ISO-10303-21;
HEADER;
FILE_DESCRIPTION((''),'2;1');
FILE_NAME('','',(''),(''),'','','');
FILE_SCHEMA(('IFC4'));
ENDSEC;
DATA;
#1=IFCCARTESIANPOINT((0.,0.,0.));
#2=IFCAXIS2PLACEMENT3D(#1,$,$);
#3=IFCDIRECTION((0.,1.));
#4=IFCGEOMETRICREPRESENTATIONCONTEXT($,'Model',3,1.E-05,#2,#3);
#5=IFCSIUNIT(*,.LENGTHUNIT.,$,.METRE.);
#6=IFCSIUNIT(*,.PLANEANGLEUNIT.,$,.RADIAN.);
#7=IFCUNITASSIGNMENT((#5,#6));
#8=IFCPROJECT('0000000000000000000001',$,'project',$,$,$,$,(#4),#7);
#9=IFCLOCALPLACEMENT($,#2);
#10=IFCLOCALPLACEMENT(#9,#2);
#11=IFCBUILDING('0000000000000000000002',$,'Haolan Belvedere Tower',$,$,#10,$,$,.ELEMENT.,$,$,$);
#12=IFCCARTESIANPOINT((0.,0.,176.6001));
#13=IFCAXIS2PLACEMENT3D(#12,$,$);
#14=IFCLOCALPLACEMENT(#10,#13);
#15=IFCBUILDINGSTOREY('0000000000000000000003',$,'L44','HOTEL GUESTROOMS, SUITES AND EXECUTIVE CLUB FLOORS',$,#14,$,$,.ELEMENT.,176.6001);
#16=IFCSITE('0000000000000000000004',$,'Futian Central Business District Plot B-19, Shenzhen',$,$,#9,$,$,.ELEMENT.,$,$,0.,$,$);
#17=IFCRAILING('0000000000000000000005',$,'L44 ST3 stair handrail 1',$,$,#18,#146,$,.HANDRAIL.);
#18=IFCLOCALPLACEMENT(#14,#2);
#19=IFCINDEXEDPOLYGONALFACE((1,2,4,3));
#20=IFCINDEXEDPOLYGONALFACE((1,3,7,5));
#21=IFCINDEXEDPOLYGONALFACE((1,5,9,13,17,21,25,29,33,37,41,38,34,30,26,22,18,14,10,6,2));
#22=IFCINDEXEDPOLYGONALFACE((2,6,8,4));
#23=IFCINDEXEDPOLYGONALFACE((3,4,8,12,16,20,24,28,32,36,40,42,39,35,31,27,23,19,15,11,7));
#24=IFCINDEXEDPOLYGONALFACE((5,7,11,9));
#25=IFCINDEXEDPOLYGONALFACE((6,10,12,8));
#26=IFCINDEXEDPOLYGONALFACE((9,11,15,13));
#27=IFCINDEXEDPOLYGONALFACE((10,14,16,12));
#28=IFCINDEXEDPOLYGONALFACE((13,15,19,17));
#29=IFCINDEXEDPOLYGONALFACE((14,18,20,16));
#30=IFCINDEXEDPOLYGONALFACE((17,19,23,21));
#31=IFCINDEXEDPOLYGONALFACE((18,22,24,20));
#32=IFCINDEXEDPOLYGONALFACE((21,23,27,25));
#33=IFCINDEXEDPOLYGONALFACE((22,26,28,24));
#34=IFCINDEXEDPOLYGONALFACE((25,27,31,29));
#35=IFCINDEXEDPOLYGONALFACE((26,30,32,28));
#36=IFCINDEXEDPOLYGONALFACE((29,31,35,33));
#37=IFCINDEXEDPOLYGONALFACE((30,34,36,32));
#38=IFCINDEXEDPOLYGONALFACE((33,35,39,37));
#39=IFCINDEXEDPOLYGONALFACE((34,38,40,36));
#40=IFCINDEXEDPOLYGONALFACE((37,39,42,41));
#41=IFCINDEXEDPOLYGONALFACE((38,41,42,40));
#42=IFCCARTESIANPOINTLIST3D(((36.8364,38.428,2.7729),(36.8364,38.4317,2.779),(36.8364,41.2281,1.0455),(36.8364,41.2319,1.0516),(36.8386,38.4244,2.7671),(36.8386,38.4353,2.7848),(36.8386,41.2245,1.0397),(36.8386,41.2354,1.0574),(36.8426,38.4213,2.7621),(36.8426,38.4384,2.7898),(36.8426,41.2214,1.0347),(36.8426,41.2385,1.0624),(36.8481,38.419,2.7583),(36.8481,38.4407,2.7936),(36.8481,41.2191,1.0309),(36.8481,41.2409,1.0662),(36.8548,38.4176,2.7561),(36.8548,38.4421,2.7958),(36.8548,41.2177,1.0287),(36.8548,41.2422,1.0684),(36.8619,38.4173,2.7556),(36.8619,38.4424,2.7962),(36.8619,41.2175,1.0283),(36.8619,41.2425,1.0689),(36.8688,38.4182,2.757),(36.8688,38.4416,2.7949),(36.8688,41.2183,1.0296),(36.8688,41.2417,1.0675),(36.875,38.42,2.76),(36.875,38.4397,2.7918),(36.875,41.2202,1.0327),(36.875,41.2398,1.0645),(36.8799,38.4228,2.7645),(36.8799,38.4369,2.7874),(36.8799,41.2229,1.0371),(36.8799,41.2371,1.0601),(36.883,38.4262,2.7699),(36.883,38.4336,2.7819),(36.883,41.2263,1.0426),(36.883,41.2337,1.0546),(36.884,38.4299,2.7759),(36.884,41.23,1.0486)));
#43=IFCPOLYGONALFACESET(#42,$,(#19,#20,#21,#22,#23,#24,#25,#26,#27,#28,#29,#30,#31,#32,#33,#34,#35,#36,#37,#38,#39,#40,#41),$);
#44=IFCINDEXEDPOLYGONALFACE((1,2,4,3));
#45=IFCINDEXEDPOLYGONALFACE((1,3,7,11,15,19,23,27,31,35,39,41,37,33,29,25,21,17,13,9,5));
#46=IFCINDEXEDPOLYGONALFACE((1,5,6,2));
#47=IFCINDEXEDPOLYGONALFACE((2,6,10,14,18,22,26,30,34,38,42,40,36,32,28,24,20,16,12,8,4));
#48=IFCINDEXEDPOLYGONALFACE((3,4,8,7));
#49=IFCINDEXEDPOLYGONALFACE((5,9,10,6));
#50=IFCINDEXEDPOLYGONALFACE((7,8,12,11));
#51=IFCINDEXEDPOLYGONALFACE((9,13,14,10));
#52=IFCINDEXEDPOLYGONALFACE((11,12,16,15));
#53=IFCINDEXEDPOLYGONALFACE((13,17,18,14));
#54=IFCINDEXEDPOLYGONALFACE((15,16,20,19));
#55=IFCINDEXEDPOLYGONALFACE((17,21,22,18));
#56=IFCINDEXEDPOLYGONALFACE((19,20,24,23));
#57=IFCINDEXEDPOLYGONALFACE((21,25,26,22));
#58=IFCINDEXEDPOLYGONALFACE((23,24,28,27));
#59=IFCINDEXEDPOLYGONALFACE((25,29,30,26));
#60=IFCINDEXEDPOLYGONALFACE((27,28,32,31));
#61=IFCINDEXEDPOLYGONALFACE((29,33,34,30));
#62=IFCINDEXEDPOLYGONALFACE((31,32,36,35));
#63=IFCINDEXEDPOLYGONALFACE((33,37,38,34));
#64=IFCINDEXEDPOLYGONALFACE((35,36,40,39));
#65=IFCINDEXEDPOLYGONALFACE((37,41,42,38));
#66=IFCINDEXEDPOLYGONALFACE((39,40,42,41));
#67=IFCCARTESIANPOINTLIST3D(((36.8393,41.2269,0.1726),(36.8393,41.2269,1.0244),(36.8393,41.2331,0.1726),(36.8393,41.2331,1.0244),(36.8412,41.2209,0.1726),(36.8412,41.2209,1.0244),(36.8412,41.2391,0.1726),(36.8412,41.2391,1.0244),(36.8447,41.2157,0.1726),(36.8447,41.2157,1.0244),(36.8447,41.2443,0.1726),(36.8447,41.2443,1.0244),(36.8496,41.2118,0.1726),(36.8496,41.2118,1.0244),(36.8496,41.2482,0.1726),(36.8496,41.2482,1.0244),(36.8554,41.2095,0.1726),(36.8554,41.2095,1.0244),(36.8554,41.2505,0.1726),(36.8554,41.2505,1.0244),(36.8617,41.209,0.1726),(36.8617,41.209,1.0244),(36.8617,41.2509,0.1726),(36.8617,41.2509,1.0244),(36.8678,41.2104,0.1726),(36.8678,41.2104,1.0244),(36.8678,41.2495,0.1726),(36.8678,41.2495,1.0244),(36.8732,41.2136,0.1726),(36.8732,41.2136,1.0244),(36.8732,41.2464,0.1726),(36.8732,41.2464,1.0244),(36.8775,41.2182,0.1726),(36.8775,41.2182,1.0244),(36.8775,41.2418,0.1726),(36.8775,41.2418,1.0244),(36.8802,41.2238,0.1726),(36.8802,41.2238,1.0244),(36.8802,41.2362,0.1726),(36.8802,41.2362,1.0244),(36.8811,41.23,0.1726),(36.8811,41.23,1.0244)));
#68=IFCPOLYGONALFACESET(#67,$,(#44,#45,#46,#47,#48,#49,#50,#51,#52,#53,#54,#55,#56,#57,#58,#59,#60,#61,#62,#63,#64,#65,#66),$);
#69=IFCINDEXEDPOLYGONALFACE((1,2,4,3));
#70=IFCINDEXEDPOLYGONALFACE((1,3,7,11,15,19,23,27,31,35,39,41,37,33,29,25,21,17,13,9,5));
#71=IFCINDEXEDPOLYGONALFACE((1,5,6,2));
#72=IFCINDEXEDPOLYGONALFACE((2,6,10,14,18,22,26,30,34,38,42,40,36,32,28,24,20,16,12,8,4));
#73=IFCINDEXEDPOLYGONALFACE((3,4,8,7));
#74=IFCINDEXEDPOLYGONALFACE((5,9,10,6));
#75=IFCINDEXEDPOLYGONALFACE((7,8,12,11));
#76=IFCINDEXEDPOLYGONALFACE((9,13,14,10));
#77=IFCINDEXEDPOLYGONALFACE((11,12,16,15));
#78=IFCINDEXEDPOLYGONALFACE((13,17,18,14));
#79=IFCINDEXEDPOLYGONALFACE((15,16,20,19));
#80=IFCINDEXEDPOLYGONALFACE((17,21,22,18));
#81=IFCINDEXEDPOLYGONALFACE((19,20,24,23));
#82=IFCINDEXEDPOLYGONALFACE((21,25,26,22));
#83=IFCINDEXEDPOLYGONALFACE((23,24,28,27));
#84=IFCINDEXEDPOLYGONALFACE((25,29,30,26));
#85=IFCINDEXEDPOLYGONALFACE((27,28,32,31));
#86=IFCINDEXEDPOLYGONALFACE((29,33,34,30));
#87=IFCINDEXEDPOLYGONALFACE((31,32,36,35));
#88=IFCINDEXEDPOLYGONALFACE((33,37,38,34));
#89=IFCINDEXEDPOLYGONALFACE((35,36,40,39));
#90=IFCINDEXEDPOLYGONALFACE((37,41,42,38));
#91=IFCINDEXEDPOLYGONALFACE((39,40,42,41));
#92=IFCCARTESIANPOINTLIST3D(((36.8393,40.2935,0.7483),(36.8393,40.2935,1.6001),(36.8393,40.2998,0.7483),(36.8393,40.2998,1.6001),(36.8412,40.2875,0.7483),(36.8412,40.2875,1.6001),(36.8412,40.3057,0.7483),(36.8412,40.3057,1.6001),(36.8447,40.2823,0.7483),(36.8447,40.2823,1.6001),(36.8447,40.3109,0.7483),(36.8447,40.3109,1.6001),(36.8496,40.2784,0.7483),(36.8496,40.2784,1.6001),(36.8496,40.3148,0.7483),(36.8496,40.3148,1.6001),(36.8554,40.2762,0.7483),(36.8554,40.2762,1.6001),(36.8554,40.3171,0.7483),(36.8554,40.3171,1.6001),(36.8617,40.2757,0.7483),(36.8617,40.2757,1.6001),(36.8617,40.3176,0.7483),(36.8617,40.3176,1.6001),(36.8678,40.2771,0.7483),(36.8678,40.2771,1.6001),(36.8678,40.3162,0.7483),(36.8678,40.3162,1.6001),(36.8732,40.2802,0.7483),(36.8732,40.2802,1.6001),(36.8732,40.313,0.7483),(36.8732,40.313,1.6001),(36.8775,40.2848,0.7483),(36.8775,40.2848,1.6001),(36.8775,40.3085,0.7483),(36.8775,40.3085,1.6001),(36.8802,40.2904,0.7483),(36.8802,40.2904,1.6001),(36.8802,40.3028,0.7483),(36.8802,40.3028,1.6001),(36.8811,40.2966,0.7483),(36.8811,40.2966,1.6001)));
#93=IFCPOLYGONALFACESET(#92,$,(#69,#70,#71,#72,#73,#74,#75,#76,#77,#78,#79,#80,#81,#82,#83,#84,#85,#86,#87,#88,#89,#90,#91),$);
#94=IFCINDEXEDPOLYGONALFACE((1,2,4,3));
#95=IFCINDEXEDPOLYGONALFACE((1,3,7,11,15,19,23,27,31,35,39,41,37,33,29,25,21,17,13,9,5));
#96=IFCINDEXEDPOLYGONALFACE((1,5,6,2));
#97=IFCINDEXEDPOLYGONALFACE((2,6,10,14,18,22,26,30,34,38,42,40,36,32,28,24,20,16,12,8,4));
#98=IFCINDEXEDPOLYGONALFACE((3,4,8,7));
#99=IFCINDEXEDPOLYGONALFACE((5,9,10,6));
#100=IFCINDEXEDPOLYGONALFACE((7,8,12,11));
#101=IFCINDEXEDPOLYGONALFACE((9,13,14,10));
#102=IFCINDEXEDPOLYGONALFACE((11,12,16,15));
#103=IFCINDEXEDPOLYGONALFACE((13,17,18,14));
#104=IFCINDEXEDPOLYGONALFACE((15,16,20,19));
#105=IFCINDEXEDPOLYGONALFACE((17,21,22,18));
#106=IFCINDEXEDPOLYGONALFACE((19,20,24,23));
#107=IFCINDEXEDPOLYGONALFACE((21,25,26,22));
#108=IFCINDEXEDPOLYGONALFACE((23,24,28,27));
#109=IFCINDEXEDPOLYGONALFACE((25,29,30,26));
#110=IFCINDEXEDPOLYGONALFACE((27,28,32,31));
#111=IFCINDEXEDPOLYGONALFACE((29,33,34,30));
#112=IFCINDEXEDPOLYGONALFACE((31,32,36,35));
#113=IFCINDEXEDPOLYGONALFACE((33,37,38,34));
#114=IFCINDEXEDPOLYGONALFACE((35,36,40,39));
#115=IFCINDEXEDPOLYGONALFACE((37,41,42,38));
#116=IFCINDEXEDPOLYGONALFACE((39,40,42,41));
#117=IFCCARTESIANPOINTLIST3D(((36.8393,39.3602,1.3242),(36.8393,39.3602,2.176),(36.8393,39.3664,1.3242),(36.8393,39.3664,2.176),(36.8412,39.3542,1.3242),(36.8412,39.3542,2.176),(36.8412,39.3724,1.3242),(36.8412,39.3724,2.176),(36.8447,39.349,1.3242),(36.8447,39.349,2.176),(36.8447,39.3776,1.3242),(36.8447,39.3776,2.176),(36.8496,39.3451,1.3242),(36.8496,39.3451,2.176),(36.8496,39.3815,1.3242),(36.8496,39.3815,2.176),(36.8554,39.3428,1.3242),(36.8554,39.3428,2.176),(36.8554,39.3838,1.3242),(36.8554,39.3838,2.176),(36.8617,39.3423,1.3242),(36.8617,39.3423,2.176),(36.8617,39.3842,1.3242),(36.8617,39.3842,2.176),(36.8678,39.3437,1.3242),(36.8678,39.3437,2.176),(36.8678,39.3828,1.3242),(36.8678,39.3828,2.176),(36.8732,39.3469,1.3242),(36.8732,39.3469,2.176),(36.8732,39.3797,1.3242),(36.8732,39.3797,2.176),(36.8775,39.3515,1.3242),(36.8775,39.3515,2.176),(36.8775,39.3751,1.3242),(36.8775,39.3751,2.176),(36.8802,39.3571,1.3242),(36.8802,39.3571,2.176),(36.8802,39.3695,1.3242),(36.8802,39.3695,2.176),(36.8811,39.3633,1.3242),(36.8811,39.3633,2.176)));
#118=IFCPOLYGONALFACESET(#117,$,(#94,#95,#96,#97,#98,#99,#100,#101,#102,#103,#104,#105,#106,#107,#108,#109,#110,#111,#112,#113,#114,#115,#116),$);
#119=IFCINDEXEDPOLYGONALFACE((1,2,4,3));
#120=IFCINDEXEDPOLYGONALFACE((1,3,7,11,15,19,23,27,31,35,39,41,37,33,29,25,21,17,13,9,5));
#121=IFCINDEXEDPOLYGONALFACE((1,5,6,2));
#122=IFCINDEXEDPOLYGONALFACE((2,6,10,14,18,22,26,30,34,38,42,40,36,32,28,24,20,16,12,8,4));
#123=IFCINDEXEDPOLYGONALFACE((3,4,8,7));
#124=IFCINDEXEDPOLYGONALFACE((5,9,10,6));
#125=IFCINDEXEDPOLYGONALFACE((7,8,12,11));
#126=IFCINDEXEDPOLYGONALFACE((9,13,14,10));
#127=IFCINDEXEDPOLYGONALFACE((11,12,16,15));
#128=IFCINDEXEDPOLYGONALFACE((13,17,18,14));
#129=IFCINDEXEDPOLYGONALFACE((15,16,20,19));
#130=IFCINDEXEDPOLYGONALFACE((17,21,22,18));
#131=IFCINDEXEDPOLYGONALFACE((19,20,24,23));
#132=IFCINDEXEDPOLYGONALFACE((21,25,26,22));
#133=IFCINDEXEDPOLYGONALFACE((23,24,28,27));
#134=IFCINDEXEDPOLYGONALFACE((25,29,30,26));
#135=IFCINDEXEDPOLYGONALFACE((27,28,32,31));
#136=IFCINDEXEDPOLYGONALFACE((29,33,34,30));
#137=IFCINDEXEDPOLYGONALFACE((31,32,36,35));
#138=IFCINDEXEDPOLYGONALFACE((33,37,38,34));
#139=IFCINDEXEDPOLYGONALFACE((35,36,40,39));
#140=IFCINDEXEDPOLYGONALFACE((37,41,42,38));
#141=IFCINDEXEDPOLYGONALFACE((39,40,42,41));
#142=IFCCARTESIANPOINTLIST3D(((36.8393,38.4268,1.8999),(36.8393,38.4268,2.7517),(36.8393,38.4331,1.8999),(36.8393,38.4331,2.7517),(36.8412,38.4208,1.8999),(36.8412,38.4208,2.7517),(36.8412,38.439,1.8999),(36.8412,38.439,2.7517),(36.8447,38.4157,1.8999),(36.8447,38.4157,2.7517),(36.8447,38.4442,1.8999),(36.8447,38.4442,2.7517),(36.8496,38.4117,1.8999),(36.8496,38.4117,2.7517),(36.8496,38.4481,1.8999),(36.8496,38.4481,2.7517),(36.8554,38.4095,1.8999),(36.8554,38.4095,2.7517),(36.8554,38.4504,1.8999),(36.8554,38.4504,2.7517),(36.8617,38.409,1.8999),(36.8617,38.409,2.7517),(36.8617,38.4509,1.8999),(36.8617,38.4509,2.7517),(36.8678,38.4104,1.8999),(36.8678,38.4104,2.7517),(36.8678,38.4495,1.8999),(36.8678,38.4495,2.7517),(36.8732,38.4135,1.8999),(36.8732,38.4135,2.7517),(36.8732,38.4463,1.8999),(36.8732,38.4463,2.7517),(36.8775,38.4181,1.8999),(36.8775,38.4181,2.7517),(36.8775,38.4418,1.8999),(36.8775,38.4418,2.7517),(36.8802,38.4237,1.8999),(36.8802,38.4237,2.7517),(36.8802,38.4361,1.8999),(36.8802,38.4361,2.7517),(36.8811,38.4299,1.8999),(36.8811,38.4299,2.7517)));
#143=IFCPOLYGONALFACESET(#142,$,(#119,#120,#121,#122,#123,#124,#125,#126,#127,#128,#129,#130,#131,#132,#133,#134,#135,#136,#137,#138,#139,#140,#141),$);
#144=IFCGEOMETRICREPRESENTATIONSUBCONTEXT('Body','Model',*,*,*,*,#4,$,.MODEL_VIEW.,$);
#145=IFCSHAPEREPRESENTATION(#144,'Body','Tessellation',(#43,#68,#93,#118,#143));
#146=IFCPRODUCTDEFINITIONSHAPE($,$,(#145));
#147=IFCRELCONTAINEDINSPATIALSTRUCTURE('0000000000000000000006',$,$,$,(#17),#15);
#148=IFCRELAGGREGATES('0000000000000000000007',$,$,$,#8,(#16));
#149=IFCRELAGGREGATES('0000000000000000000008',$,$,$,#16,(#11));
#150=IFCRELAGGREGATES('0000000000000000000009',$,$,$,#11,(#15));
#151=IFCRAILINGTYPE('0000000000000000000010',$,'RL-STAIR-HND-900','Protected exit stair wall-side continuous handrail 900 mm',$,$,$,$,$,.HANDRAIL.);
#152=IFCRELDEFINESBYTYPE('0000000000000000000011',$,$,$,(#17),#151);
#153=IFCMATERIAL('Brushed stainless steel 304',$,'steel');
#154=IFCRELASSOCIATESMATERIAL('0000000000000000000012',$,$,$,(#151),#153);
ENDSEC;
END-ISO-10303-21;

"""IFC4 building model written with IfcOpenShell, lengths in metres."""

from ifc_helpers import new_model, si_unit, direction, frame, origin, origin_2d, place, context, subcontext, project, spatial, circle, extrude, material, type_object, element, save


model = new_model("IFC4")

# Units and contexts
model_context = context("Model", 3, precision=1e-05, world=origin(), true_north=direction((0.0, 1.0)))
body_context = subcontext(model_context, "Body", "Model", "MODEL_VIEW")
ifc_project = project(units=[si_unit("LENGTHUNIT", "METRE"), si_unit("PLANEANGLEUNIT", "RADIAN")], contexts=[model_context])

# Site, building, storey
site_placement = place(None, origin())
site = spatial("IfcSite", under=ifc_project, at=site_placement, Name="Futian Central Business District Plot B-19, Shenzhen", CompositionType="ELEMENT", RefElevation=0.0)
building_placement = place(site_placement, origin())
building = spatial("IfcBuilding", under=site, at=building_placement, Name="Haolan Belvedere Tower", CompositionType="ELEMENT")
storey_placement = place(building_placement, frame((0.0, 0.0, 176.6001)))
storey = spatial("IfcBuildingStorey", under=building, at=storey_placement, Name="L44", Description="HOTEL GUESTROOMS, SUITES AND EXECUTIVE CLUB FLOORS", CompositionType="ELEMENT", Elevation=176.6001)

# Railing
ifc_material_1 = material(Name="Brushed stainless steel 304", Category="steel")
railing_type_1 = type_object("IfcRailingType", Name="RL-STAIR-HND-900", Description="Protected exit stair wall-side continuous handrail 900 mm", PredefinedType="HANDRAIL", material=ifc_material_1)
railing_1_placement = place(storey_placement, frame((36.8601, 41.23, 0.1726)))
element("IfcRailing", 1, at=railing_1_placement, inside=storey, type_object=railing_type_1, Name="L44 ST3 stair handrail 1", PredefinedType="HANDRAIL", context=body_context, shape_type="SweptSolid", body=[
    extrude(circle(Radius=0.0239, at=origin_2d()), frame((0.0, 0.0, 0.876), z_axis=(0.0, -0.85109, 0.52502), x_axis=(1.0, 0.0, 0.0)), (0.0, 0.0, 1.0), 3.29),
    extrude(circle(Radius=0.021, at=origin_2d()), origin(), (0.0, 0.0, 1.0), 0.8518),
    extrude(circle(Radius=0.021, at=origin_2d()), frame((0.0, -0.9333, 0.5757)), (0.0, 0.0, 1.0), 0.8518),
    extrude(circle(Radius=0.021, at=origin_2d()), frame((0.0, -1.8667, 1.1516)), (0.0, 0.0, 1.0), 0.8518),
    extrude(circle(Radius=0.021, at=origin_2d()), frame((0.0, -2.8, 1.7273)), (0.0, 0.0, 1.0), 0.8518),
])

save(model, "model.ifc")
